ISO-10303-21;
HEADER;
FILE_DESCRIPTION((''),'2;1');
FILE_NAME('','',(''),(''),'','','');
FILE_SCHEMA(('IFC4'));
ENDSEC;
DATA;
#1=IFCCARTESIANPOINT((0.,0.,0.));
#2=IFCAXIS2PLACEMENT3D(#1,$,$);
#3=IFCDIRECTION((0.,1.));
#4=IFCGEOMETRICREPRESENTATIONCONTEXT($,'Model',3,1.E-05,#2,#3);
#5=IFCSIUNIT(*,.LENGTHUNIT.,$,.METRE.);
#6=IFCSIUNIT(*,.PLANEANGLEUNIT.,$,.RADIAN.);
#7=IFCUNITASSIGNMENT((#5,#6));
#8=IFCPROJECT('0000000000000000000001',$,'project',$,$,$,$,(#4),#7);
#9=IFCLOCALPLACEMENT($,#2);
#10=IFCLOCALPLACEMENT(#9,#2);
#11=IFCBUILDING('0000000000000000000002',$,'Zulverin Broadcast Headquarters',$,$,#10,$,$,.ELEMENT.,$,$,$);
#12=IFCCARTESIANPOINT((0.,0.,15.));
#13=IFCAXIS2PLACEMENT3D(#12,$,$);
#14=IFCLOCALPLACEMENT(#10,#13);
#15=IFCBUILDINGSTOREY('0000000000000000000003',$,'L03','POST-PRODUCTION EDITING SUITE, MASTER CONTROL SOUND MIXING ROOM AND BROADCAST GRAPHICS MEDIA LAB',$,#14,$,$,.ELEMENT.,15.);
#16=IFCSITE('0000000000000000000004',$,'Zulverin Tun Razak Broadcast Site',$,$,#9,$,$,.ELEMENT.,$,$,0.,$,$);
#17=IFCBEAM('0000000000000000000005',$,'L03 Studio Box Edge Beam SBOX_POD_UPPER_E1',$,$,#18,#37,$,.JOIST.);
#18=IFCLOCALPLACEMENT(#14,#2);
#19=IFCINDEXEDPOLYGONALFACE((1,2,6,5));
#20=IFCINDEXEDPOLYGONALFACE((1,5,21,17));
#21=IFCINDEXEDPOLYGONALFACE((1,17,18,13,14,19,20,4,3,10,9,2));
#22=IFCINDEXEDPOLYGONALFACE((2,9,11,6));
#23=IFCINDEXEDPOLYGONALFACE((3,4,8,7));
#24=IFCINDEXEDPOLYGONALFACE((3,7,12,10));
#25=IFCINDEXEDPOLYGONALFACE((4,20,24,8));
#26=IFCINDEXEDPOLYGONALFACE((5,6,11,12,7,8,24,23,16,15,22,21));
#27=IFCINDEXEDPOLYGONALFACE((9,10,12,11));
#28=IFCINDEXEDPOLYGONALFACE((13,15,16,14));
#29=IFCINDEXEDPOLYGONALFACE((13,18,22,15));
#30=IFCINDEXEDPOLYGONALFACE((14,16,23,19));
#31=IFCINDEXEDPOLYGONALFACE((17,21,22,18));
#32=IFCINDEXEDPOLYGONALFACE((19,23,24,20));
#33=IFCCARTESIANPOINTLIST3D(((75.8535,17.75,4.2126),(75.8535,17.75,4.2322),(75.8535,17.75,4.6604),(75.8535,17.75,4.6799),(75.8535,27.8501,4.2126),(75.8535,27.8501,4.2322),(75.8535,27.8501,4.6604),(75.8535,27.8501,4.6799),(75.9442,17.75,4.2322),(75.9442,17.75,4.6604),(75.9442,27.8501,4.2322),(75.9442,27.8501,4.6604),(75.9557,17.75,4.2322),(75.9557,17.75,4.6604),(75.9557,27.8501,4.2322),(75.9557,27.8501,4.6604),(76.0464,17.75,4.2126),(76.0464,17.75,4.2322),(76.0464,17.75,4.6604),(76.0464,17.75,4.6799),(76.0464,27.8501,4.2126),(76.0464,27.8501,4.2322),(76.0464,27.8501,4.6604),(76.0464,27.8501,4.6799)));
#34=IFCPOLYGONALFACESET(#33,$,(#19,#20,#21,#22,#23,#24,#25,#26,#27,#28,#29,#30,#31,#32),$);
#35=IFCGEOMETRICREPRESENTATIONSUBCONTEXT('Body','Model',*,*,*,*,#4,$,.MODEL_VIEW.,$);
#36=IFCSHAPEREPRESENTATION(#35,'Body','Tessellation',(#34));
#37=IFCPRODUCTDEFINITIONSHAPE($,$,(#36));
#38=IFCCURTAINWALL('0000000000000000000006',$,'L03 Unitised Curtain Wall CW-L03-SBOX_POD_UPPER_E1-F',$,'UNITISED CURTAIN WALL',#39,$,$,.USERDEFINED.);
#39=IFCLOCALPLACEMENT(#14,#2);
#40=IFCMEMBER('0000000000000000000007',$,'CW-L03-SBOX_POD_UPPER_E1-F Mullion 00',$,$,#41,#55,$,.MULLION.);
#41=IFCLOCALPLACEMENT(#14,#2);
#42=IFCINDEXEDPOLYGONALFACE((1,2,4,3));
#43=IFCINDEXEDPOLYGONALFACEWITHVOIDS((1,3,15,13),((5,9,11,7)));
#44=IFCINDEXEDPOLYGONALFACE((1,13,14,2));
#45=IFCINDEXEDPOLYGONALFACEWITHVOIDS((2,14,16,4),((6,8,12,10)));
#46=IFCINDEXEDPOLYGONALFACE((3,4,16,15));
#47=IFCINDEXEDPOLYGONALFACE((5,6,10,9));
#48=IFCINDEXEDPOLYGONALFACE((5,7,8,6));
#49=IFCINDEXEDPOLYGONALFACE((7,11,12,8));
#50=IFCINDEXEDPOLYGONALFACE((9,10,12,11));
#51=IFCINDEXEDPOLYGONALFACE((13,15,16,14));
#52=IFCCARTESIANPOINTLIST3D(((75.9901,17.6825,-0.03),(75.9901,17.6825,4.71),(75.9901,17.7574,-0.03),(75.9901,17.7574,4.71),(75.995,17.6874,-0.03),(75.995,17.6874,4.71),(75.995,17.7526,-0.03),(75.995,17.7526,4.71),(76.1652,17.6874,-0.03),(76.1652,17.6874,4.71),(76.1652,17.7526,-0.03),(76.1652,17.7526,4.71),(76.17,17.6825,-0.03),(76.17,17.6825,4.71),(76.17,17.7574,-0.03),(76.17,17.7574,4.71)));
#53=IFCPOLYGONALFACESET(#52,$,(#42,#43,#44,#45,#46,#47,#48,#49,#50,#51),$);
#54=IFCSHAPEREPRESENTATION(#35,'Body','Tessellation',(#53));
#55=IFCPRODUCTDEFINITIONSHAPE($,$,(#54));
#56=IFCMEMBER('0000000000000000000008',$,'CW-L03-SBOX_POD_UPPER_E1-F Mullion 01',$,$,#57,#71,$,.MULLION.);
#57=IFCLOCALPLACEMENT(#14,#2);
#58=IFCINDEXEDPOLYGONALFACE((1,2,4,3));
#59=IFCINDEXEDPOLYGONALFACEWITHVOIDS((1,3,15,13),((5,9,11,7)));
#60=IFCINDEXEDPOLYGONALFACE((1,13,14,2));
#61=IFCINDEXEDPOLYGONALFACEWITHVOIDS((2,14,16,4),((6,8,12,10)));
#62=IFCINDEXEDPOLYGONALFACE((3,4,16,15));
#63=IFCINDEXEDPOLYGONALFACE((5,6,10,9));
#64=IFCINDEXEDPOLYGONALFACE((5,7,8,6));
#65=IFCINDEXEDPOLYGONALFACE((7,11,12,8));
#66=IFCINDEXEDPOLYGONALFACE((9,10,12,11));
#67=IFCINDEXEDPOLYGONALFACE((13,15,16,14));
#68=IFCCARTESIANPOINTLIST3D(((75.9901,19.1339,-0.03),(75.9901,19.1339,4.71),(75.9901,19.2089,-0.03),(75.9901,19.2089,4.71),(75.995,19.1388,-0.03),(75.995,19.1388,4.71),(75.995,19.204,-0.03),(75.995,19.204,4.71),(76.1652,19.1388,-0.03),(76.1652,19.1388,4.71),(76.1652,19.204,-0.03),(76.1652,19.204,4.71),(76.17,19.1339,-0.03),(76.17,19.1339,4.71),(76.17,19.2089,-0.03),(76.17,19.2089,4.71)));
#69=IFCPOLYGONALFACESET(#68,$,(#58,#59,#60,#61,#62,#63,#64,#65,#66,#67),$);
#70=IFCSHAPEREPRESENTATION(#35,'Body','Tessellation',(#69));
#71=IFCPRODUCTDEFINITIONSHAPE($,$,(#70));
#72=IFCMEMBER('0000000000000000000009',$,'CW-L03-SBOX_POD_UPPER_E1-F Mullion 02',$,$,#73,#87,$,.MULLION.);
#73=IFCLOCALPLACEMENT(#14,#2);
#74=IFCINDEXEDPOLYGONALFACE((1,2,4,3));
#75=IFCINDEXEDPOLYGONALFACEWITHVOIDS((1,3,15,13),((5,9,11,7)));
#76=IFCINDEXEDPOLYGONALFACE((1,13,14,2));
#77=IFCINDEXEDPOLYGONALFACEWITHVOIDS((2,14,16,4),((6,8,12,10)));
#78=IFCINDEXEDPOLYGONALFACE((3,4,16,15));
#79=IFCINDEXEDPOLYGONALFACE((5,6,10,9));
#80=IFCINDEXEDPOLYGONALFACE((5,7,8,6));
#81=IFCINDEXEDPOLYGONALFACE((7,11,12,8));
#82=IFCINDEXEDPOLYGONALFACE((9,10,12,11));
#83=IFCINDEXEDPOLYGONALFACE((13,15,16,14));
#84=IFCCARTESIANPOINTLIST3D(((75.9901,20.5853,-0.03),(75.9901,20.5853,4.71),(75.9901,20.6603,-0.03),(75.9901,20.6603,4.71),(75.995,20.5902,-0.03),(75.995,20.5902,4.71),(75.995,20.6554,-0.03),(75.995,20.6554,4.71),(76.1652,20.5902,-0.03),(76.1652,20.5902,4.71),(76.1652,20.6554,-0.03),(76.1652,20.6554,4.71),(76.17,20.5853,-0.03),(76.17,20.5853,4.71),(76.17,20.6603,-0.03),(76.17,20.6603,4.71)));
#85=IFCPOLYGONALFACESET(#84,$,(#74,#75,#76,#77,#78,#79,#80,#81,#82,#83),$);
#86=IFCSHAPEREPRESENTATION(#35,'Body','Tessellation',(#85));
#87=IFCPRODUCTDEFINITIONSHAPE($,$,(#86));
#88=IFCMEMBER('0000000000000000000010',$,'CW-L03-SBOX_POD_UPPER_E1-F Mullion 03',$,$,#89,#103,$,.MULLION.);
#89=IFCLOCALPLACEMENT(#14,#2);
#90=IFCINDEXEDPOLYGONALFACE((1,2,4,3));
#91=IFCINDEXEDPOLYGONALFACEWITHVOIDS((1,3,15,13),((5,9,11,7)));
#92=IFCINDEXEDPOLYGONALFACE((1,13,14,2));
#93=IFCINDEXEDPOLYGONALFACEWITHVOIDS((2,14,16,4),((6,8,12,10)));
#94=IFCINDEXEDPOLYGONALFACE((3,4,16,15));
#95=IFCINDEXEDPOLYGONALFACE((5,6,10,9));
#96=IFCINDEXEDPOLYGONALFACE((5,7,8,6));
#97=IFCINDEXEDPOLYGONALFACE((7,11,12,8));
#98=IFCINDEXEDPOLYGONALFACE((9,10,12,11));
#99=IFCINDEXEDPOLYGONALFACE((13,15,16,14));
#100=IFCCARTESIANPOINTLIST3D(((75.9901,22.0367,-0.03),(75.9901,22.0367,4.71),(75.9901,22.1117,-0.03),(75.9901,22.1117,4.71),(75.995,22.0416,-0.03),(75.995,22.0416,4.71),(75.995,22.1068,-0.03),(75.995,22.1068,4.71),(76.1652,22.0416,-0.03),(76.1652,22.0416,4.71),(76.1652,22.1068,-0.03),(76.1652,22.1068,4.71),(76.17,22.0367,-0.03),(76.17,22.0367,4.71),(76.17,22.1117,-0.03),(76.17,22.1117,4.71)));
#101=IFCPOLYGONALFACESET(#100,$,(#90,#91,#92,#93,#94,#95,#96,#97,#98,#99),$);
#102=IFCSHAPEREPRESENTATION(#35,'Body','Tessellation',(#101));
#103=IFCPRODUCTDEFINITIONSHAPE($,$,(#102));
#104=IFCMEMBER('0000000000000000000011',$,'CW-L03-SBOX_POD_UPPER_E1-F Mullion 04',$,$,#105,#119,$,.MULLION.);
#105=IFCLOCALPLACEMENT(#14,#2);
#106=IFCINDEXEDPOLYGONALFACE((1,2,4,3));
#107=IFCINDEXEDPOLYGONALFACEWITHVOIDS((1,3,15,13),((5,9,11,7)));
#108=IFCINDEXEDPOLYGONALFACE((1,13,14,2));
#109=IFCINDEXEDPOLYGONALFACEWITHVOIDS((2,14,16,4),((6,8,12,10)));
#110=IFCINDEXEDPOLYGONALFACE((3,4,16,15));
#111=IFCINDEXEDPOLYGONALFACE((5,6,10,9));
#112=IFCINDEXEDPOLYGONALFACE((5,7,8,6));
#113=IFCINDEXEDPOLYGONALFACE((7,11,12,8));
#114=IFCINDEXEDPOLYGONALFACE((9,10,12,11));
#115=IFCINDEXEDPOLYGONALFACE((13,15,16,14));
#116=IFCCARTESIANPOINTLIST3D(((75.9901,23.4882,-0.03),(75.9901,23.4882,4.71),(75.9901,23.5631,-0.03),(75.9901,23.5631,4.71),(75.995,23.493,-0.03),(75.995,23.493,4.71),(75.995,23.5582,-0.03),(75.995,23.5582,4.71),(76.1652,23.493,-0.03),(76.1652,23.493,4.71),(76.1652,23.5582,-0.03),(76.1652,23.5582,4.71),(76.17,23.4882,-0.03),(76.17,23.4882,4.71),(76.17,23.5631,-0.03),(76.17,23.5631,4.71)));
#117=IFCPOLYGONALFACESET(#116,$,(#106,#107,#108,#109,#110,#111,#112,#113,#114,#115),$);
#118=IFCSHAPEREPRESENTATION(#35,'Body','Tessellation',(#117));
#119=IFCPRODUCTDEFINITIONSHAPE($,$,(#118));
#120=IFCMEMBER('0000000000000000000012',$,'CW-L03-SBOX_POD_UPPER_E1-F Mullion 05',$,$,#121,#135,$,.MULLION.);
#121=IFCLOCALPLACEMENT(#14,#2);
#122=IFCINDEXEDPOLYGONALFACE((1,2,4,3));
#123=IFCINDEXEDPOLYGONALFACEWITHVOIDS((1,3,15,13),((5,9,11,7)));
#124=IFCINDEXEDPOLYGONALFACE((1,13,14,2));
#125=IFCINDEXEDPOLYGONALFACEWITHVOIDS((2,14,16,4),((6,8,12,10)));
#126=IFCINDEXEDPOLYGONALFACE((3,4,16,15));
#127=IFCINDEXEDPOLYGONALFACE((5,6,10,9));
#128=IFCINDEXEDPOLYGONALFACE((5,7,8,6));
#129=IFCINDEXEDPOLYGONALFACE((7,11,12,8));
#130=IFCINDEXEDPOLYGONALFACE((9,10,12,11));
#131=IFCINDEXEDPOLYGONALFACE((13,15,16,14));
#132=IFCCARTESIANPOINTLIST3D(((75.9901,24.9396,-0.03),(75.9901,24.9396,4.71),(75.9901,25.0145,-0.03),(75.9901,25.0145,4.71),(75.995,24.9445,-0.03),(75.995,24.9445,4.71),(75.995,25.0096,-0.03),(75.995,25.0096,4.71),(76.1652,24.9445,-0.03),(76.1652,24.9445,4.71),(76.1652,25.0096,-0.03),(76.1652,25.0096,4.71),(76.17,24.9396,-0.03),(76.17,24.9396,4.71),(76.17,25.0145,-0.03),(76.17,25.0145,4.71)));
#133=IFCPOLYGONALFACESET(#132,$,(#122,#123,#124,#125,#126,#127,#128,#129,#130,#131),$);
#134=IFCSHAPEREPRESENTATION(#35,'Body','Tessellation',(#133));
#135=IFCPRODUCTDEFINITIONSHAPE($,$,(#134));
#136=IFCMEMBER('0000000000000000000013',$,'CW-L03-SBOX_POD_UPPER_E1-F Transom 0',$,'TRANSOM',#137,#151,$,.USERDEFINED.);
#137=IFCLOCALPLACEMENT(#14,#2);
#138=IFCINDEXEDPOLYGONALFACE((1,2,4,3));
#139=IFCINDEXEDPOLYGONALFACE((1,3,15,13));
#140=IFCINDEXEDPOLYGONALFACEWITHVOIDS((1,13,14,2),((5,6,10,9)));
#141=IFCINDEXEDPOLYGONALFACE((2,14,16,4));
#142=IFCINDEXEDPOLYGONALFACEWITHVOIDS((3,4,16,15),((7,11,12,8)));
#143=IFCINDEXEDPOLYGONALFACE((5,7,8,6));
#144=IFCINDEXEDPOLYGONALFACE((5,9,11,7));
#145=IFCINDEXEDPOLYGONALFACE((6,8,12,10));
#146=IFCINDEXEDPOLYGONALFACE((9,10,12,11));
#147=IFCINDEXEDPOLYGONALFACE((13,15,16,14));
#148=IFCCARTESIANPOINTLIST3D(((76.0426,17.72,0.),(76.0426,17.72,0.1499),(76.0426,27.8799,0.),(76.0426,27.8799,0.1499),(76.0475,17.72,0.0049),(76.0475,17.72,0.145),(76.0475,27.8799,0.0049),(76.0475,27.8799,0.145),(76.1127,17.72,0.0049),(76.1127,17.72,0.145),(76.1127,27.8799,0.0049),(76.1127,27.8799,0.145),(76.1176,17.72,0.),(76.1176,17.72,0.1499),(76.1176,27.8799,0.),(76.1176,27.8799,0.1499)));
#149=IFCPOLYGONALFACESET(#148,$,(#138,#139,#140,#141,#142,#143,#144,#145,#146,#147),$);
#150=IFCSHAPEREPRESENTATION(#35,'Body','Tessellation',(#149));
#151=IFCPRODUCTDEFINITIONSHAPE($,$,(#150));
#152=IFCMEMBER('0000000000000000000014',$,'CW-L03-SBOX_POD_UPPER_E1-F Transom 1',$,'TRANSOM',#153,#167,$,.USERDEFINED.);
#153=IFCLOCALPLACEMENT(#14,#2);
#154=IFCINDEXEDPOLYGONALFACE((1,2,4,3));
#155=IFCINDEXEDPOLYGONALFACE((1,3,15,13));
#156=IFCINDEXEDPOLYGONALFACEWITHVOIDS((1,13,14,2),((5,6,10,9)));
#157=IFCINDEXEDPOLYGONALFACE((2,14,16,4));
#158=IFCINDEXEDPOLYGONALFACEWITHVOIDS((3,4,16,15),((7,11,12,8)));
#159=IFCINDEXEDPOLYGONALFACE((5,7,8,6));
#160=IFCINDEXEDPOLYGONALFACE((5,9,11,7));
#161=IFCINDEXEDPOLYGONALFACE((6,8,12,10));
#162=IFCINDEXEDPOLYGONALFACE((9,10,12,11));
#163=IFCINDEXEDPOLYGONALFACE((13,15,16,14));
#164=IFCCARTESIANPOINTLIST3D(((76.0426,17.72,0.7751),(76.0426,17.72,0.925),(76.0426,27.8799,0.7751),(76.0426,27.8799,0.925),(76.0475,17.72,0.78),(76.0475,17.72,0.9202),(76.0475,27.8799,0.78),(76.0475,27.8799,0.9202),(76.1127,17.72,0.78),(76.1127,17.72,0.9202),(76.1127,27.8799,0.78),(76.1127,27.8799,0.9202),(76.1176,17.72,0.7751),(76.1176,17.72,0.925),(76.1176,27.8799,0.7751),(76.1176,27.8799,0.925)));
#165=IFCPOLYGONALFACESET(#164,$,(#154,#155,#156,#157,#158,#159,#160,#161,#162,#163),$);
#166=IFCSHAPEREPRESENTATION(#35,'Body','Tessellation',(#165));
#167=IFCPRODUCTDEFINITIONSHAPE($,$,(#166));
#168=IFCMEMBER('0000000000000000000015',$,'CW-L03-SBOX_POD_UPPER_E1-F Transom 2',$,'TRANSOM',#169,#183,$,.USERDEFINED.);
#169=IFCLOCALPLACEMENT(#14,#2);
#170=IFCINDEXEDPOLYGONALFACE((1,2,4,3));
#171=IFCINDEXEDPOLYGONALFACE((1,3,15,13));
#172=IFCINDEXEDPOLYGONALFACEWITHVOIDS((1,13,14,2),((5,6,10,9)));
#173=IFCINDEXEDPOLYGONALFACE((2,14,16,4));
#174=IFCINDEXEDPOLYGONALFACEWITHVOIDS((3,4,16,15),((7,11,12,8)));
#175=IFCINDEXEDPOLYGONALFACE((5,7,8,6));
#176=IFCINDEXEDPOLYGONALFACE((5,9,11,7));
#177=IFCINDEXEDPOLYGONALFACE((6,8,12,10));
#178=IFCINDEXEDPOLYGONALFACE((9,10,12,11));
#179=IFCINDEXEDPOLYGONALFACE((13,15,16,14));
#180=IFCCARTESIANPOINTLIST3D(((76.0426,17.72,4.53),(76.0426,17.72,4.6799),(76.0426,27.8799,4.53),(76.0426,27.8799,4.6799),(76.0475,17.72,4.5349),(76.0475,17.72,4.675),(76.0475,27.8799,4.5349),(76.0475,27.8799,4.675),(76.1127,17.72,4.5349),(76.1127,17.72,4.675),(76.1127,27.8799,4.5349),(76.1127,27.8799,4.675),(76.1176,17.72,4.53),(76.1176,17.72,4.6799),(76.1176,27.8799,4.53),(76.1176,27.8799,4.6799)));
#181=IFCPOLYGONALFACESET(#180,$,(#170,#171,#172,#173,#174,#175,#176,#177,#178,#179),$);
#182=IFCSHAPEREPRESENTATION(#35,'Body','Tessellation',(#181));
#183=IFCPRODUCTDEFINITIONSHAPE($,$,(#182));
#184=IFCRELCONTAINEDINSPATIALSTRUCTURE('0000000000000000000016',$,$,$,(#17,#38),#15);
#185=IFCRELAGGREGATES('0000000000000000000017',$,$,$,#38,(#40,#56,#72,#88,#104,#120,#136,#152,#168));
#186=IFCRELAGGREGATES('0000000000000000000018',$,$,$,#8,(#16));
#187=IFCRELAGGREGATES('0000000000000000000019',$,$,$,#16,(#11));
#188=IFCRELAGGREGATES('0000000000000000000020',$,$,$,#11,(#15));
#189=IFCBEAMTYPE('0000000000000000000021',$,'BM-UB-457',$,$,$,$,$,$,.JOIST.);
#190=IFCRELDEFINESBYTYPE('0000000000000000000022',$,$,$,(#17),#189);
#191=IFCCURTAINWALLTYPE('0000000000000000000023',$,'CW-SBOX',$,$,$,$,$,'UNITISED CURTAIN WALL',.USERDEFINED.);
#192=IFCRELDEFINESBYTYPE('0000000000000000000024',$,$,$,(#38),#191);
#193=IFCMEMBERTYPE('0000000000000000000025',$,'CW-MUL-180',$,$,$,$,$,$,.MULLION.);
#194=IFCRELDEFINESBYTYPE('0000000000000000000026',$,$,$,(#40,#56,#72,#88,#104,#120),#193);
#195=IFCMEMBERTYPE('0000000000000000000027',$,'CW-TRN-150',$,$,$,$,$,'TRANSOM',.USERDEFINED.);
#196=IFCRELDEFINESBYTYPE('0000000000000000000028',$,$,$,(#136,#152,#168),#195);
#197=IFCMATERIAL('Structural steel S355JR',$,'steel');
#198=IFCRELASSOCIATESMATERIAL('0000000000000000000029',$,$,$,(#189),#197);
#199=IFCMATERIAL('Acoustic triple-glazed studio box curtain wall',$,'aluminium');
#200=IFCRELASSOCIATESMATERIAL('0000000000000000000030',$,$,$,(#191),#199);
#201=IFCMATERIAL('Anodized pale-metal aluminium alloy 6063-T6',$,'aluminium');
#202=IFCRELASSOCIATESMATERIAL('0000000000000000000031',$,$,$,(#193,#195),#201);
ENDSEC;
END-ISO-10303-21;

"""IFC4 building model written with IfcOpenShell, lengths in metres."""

from ifc_helpers import new_model, si_unit, direction, frame, origin, origin_2d, place, context, subcontext, project, spatial, hollow_rectangle, i_section, extrude, material, material_profile, profile_set, type_object, element, aggregate, save


model = new_model("IFC4")

# Units and contexts
model_context = context("Model", 3, precision=1e-05, world=origin(), true_north=direction((0.0, 1.0)))
body_context = subcontext(model_context, "Body", "Model", "MODEL_VIEW")
ifc_project = project(units=[si_unit("LENGTHUNIT", "METRE"), si_unit("PLANEANGLEUNIT", "RADIAN")], contexts=[model_context])

# Site, building, storey
site_placement = place(None, origin())
site = spatial("IfcSite", under=ifc_project, at=site_placement, Name="Zulverin Tun Razak Broadcast Site", CompositionType="ELEMENT", RefElevation=0.0)
building_placement = place(site_placement, origin())
building = spatial("IfcBuilding", under=site, at=building_placement, Name="Zulverin Broadcast Headquarters", CompositionType="ELEMENT")
storey_placement = place(building_placement, frame((0.0, 0.0, 15.0)))
storey = spatial("IfcBuildingStorey", under=building, at=storey_placement, Name="L03", Description="POST-PRODUCTION EDITING SUITE, MASTER CONTROL SOUND MIXING ROOM AND BROADCAST GRAPHICS MEDIA LAB", CompositionType="ELEMENT", Elevation=15.0)

# Beam
ifc_material_1 = material(Name="Structural steel S355JR", Category="steel")
ifc_material_profile_1 = material_profile(ifc_material_1, i_section(OverallWidth=0.1929, OverallDepth=0.4673, WebThickness=0.0115, FlangeThickness=0.0195, at=origin_2d()), Name="Structural steel S355JR", Category="steel")
ifc_profile_set_1 = profile_set([ifc_material_profile_1], Name="Structural steel S355JR")
beam_type = type_object("IfcBeamType", Name="BM-UB-457", PredefinedType="JOIST", material=ifc_profile_set_1)
beam_placement = place(storey_placement, frame((75.95, 17.75, 4.4463), z_axis=(0.0, 1.0, 0.0), x_axis=(-1.0, 0.0, 0.0)))
element("IfcBeam", 1, at=beam_placement, inside=storey, type_object=beam_type, Name="L03 Studio Box Edge Beam SBOX_POD_UPPER_E1", PredefinedType="JOIST", context=body_context, shape_type="SweptSolid", body=[
    extrude(i_section(OverallWidth=0.1929, OverallDepth=0.4673, WebThickness=0.0115, FlangeThickness=0.0195, at=origin_2d()), origin(), (0.0, 0.0, 1.0), 10.1001),
])

# Curtain wall, members
ifc_material_2 = material(Name="Acoustic triple-glazed studio box curtain wall", Category="aluminium")
curtain_wall_type = type_object("IfcCurtainWallType", Name="CW-SBOX", ElementType="UNITISED CURTAIN WALL", PredefinedType="USERDEFINED", material=ifc_material_2)
curtain_wall_placement = place(storey_placement, origin())
curtain_wall = element("IfcCurtainWall", 2, at=curtain_wall_placement, inside=storey, type_object=curtain_wall_type, Name="L03 Unitised Curtain Wall CW-L03-SBOX_POD_UPPER_E1-F", ObjectType="UNITISED CURTAIN WALL", PredefinedType="USERDEFINED")
ifc_material_3 = material(Name="Anodized pale-metal aluminium alloy 6063-T6", Category="aluminium")
ifc_material_profile_2 = material_profile(ifc_material_3, hollow_rectangle(XDim=0.075, YDim=0.1799, WallThickness=0.0049, at=origin_2d()), Name="Anodized pale-metal aluminium alloy 6063-T6", Category="aluminium")
ifc_profile_set_2 = profile_set([ifc_material_profile_2], Name="Anodized pale-metal aluminium alloy 6063-T6")
member_type_1 = type_object("IfcMemberType", Name="CW-MUL-180", PredefinedType="MULLION", material=ifc_profile_set_2)
member_1_placement = place(storey_placement, frame((76.0801, 17.72, -0.03), z_axis=(0.0, 0.0, 1.0), x_axis=(0.0, 1.0, 0.0)))
member_1 = element("IfcMember", 3, at=member_1_placement, type_object=member_type_1, Name="CW-L03-SBOX_POD_UPPER_E1-F Mullion 00", PredefinedType="MULLION", context=body_context, shape_type="SweptSolid", body=[
    extrude(hollow_rectangle(XDim=0.075, YDim=0.1799, WallThickness=0.0049, at=origin_2d()), origin(), (0.0, 0.0, 1.0), 4.74),
])
member_2_placement = place(storey_placement, frame((76.0801, 19.1714, -0.03), z_axis=(0.0, 0.0, 1.0), x_axis=(0.0, 1.0, 0.0)))
member_2 = element("IfcMember", 4, at=member_2_placement, type_object=member_type_1, Name="CW-L03-SBOX_POD_UPPER_E1-F Mullion 01", PredefinedType="MULLION", context=body_context, shape_type="SweptSolid", body=[
    extrude(hollow_rectangle(XDim=0.075, YDim=0.1799, WallThickness=0.0049, at=origin_2d()), origin(), (0.0, 0.0, 1.0), 4.74),
])
member_3_placement = place(storey_placement, frame((76.0801, 20.6228, -0.03), z_axis=(0.0, 0.0, 1.0), x_axis=(0.0, 1.0, 0.0)))
member_3 = element("IfcMember", 5, at=member_3_placement, type_object=member_type_1, Name="CW-L03-SBOX_POD_UPPER_E1-F Mullion 02", PredefinedType="MULLION", context=body_context, shape_type="SweptSolid", body=[
    extrude(hollow_rectangle(XDim=0.075, YDim=0.1799, WallThickness=0.0049, at=origin_2d()), origin(), (0.0, 0.0, 1.0), 4.74),
])
member_4_placement = place(storey_placement, frame((76.0801, 22.0742, -0.03), z_axis=(0.0, 0.0, 1.0), x_axis=(0.0, 1.0, 0.0)))
member_4 = element("IfcMember", 6, at=member_4_placement, type_object=member_type_1, Name="CW-L03-SBOX_POD_UPPER_E1-F Mullion 03", PredefinedType="MULLION", context=body_context, shape_type="SweptSolid", body=[
    extrude(hollow_rectangle(XDim=0.075, YDim=0.1799, WallThickness=0.0049, at=origin_2d()), origin(), (0.0, 0.0, 1.0), 4.74),
])
member_5_placement = place(storey_placement, frame((76.0801, 23.5256, -0.03), z_axis=(0.0, 0.0, 1.0), x_axis=(0.0, 1.0, 0.0)))
member_5 = element("IfcMember", 7, at=member_5_placement, type_object=member_type_1, Name="CW-L03-SBOX_POD_UPPER_E1-F Mullion 04", PredefinedType="MULLION", context=body_context, shape_type="SweptSolid", body=[
    extrude(hollow_rectangle(XDim=0.075, YDim=0.1799, WallThickness=0.0049, at=origin_2d()), origin(), (0.0, 0.0, 1.0), 4.74),
])
member_6_placement = place(storey_placement, frame((76.0801, 24.9771, -0.03), z_axis=(0.0, 0.0, 1.0), x_axis=(0.0, 1.0, 0.0)))
member_6 = element("IfcMember", 8, at=member_6_placement, type_object=member_type_1, Name="CW-L03-SBOX_POD_UPPER_E1-F Mullion 05", PredefinedType="MULLION", context=body_context, shape_type="SweptSolid", body=[
    extrude(hollow_rectangle(XDim=0.075, YDim=0.1799, WallThickness=0.0049, at=origin_2d()), origin(), (0.0, 0.0, 1.0), 4.74),
])
ifc_material_profile_3 = material_profile(ifc_material_3, hollow_rectangle(XDim=0.075, YDim=0.1499, WallThickness=0.0049, at=origin_2d()), Name="Anodized pale-metal aluminium alloy 6063-T6", Category="aluminium")
ifc_profile_set_3 = profile_set([ifc_material_profile_3], Name="Anodized pale-metal aluminium alloy 6063-T6")
member_type_2 = type_object("IfcMemberType", Name="CW-TRN-150", ElementType="TRANSOM", PredefinedType="USERDEFINED", material=ifc_profile_set_3)
member_7_placement = place(storey_placement, frame((76.0801, 17.72, 0.075), z_axis=(0.0, 1.0, 0.0), x_axis=(-1.0, 0.0, 0.0)))
member_7 = element("IfcMember", 9, at=member_7_placement, type_object=member_type_2, Name="CW-L03-SBOX_POD_UPPER_E1-F Transom 0", ObjectType="TRANSOM", PredefinedType="USERDEFINED", context=body_context, shape_type="SweptSolid", body=[
    extrude(hollow_rectangle(XDim=0.075, YDim=0.1499, WallThickness=0.0049, at=origin_2d()), origin(), (0.0, 0.0, 1.0), 10.1599),
])
member_8_placement = place(storey_placement, frame((76.0801, 17.72, 0.8501), z_axis=(0.0, 1.0, 0.0), x_axis=(-1.0, 0.0, 0.0)))
member_8 = element("IfcMember", 10, at=member_8_placement, type_object=member_type_2, Name="CW-L03-SBOX_POD_UPPER_E1-F Transom 1", ObjectType="TRANSOM", PredefinedType="USERDEFINED", context=body_context, shape_type="SweptSolid", body=[
    extrude(hollow_rectangle(XDim=0.075, YDim=0.1499, WallThickness=0.0049, at=origin_2d()), origin(), (0.0, 0.0, 1.0), 10.1599),
])
member_9_placement = place(storey_placement, frame((76.0801, 17.72, 4.605), z_axis=(0.0, 1.0, 0.0), x_axis=(-1.0, 0.0, 0.0)))
member_9 = element("IfcMember", 11, at=member_9_placement, type_object=member_type_2, Name="CW-L03-SBOX_POD_UPPER_E1-F Transom 2", ObjectType="TRANSOM", PredefinedType="USERDEFINED", context=body_context, shape_type="SweptSolid", body=[
    extrude(hollow_rectangle(XDim=0.075, YDim=0.1499, WallThickness=0.0049, at=origin_2d()), origin(), (0.0, 0.0, 1.0), 10.1599),
])

aggregate(curtain_wall, [member_1, member_2, member_3, member_4, member_5, member_6, member_7, member_8, member_9])

save(model, "model.ifc")
